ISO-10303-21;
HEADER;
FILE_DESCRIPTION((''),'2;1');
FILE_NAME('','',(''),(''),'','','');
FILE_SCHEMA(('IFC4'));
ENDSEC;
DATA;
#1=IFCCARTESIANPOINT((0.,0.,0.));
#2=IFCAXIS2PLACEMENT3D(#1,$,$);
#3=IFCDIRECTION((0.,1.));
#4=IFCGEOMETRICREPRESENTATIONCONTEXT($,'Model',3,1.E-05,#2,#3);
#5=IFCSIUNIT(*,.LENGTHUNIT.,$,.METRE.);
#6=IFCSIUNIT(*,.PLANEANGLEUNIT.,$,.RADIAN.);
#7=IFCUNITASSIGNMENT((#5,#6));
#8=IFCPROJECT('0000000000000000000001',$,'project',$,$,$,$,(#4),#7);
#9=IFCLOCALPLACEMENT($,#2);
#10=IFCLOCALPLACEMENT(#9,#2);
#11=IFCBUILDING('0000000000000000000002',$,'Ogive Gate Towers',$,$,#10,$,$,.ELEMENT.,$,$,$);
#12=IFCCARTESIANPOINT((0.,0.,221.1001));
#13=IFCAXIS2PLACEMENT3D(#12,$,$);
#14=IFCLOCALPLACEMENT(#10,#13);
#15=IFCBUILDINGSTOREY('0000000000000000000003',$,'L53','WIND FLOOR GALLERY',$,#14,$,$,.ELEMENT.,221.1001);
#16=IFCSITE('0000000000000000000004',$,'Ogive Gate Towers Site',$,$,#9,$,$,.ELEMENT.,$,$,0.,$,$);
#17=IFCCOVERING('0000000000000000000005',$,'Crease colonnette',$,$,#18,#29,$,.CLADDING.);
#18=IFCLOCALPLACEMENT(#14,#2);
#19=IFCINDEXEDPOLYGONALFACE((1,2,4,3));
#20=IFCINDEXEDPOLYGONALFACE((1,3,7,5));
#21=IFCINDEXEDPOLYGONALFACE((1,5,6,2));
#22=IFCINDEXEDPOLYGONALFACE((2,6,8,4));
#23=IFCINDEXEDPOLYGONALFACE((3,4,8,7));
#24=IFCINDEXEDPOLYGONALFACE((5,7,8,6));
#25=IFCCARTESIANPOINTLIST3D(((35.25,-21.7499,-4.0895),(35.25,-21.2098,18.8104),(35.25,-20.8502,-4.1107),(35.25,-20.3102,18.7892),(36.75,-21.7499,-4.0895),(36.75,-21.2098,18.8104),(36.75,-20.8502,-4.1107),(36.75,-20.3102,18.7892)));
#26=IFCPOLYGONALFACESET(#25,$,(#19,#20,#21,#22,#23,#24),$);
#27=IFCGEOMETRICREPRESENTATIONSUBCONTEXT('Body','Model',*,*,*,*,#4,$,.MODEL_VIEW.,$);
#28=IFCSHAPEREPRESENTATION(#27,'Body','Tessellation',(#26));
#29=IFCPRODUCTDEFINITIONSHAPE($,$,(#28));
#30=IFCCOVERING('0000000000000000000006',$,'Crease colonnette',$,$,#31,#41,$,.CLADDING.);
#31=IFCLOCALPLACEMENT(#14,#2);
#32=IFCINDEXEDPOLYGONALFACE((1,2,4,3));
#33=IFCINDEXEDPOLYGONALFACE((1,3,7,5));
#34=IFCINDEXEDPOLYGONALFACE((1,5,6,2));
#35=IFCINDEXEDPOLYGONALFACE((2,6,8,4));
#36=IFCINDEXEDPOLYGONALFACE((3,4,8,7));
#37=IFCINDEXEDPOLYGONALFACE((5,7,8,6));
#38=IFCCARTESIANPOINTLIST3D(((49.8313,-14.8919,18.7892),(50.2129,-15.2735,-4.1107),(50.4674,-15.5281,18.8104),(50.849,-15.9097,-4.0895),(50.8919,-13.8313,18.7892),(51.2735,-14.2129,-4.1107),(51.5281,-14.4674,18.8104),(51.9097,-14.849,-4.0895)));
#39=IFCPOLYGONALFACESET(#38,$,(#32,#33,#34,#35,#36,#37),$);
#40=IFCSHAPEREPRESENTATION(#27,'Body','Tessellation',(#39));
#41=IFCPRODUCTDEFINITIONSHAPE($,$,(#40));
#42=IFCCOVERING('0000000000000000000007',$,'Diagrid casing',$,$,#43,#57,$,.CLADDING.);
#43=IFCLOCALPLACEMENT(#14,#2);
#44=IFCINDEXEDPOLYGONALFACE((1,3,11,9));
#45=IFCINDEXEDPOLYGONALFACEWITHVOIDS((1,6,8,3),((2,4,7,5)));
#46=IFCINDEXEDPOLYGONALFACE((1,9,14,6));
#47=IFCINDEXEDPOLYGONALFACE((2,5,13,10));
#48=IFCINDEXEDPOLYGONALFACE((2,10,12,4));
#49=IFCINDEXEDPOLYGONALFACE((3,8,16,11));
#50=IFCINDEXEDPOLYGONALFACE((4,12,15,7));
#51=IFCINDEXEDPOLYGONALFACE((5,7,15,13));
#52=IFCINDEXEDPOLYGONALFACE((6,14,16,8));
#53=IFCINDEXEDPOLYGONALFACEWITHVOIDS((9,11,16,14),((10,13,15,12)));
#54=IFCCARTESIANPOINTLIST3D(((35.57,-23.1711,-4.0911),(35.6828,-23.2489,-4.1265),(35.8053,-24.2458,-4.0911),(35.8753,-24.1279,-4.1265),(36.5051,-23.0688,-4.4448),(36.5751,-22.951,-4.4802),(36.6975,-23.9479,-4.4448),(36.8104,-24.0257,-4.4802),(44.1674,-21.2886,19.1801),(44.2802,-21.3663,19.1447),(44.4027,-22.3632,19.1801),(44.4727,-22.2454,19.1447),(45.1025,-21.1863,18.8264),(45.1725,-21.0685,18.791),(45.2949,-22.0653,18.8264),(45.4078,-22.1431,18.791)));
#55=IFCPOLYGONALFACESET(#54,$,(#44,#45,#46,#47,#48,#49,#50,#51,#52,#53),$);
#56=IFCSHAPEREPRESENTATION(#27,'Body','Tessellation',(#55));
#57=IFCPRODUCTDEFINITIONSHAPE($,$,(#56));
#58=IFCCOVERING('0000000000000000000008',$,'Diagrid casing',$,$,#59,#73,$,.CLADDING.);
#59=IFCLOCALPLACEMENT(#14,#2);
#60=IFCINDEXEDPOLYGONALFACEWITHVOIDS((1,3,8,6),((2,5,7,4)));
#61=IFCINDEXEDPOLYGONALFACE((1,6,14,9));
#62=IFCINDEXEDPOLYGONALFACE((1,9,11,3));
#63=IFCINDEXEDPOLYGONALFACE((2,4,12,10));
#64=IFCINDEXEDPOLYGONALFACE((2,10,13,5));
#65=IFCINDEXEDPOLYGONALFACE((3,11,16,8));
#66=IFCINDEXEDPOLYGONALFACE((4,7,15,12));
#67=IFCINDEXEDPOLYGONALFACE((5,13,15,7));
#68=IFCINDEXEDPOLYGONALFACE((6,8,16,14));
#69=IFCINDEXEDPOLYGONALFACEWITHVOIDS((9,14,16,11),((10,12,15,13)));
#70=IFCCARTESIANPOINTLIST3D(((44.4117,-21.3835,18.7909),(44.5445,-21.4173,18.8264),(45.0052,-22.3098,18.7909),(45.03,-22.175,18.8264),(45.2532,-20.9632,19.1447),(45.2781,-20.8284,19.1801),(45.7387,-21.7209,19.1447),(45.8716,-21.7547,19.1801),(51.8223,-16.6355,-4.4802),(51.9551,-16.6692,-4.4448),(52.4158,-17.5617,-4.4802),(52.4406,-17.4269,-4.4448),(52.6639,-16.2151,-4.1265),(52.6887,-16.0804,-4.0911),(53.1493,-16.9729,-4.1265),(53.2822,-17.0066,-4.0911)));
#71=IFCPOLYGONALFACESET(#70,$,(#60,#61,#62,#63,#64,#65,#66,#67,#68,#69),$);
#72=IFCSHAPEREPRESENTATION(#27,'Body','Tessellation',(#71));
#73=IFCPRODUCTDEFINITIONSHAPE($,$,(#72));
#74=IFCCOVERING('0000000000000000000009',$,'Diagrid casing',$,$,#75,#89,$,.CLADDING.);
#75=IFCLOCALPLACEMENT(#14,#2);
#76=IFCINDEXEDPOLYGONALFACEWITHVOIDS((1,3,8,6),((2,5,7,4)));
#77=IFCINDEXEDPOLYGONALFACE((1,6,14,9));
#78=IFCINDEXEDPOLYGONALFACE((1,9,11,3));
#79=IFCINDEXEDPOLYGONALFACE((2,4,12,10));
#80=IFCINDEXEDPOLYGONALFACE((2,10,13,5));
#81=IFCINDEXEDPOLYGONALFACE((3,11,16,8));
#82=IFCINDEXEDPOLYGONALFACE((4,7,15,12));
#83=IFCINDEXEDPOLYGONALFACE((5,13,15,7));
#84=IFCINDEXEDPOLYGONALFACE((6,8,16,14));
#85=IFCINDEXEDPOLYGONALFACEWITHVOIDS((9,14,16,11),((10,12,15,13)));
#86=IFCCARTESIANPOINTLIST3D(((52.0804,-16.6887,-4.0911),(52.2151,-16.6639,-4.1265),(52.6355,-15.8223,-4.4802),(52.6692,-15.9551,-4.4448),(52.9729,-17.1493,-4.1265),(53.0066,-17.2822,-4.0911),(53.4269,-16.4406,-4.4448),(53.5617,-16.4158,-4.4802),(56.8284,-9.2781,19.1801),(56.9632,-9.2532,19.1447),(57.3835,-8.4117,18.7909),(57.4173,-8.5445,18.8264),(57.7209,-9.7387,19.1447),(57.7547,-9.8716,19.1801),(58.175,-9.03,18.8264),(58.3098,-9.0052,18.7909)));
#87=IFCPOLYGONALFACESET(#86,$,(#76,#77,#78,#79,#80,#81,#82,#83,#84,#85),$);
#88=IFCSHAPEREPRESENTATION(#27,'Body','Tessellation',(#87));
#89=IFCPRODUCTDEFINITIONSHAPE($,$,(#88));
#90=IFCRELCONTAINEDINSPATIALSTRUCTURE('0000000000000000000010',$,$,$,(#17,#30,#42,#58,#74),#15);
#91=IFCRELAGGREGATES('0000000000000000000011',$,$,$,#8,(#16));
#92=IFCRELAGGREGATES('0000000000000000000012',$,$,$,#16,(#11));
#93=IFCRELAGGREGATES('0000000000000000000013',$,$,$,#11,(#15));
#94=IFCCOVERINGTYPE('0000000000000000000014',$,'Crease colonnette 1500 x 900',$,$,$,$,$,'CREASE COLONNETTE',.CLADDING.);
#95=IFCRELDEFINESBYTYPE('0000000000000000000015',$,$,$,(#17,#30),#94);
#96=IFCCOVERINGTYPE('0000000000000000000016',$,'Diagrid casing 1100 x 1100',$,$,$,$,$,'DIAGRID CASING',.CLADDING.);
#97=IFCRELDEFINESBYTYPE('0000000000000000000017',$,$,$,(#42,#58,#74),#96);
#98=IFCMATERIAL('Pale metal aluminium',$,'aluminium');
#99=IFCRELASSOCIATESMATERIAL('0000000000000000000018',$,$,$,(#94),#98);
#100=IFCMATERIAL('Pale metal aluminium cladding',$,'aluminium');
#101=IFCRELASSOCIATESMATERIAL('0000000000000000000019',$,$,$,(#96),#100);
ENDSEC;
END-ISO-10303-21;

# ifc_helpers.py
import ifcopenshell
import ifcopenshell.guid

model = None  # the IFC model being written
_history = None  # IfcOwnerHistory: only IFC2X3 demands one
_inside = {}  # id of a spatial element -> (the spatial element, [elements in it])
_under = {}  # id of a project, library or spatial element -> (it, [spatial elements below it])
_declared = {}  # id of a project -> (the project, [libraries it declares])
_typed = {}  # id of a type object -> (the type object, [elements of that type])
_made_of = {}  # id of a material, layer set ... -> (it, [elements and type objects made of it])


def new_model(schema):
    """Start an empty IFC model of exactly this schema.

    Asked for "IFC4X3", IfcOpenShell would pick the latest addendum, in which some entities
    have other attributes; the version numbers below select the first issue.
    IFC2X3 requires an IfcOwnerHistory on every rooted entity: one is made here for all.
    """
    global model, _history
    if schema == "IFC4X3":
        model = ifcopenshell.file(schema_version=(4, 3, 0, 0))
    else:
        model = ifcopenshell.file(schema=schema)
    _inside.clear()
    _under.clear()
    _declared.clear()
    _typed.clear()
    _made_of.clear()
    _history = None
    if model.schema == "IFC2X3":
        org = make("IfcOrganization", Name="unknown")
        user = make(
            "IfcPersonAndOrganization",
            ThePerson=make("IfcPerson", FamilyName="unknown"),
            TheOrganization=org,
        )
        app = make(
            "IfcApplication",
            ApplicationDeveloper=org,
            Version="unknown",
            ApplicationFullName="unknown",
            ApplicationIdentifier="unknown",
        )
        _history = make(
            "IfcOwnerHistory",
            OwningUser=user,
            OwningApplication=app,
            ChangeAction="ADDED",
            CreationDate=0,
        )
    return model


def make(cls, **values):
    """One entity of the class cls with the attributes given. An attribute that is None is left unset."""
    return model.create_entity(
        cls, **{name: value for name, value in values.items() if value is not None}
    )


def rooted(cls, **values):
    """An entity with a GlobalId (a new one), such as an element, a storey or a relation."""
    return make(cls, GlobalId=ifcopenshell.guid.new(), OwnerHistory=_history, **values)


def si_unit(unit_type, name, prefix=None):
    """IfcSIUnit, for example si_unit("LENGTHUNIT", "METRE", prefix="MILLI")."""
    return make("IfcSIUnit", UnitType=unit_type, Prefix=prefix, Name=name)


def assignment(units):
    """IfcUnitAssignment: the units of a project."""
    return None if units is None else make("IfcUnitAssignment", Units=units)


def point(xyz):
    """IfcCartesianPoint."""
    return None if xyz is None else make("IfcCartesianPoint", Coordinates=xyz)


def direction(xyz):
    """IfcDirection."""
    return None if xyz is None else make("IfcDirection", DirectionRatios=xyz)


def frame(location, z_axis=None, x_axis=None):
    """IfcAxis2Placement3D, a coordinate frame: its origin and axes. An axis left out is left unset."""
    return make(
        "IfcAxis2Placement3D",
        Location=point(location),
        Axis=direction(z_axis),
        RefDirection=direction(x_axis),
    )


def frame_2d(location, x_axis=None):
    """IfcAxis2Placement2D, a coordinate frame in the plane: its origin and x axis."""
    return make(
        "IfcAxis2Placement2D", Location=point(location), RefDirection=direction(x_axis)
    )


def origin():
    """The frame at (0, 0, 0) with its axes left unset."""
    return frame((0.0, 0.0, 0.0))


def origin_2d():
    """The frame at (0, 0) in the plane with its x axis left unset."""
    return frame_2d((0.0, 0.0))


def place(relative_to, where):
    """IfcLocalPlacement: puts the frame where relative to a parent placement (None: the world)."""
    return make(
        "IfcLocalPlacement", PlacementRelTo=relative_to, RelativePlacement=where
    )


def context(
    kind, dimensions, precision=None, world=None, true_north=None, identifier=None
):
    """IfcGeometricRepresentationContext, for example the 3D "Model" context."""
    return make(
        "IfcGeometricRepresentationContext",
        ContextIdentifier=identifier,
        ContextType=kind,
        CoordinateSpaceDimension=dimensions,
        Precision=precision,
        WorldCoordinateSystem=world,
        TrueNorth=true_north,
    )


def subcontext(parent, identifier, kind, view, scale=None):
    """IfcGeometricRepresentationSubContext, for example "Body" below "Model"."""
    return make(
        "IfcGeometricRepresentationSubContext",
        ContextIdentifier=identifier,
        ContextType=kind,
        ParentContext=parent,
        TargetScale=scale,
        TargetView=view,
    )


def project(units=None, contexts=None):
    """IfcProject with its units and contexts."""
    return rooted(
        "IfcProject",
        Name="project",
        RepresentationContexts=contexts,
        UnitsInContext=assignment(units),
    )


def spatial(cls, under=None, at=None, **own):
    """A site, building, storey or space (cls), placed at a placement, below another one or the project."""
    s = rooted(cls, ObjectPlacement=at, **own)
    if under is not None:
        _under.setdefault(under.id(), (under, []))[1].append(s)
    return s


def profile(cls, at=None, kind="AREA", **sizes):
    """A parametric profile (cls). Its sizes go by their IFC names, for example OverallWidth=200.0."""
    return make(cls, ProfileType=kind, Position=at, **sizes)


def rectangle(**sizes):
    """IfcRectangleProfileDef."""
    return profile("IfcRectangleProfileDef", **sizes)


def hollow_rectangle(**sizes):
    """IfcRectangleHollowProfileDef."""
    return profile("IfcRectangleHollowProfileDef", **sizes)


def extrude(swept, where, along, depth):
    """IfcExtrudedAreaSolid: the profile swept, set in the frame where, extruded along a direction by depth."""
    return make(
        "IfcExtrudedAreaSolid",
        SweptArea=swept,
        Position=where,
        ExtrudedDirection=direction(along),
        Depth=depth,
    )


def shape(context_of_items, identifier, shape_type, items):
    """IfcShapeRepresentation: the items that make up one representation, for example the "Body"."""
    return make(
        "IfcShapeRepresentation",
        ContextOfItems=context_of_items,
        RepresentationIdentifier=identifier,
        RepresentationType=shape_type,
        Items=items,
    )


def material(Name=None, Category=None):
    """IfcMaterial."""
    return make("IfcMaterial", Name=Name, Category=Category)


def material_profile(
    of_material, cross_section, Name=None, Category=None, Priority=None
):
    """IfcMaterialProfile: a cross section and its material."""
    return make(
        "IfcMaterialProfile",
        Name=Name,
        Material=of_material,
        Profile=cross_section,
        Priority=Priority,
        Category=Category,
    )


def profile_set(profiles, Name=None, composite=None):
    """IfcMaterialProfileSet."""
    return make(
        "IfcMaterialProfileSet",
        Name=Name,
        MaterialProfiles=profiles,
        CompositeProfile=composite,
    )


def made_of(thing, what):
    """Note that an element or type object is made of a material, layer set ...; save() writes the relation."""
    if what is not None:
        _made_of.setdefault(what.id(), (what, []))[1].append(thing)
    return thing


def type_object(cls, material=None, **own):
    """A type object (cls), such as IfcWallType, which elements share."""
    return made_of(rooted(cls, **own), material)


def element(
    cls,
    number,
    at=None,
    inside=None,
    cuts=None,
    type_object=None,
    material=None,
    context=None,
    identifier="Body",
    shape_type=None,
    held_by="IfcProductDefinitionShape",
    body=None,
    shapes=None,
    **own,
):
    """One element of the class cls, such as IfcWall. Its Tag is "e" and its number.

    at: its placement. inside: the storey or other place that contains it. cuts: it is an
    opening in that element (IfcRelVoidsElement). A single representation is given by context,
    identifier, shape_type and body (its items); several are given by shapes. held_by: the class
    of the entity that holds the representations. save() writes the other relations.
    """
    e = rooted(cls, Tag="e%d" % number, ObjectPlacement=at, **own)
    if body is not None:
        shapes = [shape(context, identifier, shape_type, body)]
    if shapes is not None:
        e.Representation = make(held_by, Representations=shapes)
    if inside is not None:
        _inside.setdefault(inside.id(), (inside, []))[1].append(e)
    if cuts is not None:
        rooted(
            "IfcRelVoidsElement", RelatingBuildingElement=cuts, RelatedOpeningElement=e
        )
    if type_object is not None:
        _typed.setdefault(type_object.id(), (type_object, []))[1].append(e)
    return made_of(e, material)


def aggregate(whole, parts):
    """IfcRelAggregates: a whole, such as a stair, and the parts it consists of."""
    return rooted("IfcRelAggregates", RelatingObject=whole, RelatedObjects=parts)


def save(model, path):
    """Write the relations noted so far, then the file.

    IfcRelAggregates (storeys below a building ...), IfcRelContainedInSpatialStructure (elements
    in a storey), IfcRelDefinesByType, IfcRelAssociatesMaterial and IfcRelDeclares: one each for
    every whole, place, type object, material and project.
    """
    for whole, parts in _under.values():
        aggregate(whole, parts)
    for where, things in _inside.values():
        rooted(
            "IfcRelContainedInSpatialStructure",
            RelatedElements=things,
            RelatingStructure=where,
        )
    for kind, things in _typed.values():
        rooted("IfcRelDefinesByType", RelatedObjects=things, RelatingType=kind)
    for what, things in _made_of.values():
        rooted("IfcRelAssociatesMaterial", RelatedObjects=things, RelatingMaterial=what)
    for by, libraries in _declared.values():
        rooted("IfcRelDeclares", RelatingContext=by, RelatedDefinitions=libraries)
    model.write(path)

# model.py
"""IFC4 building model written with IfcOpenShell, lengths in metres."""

from ifc_helpers import new_model, si_unit, direction, frame, origin, origin_2d, place, context, subcontext, project, spatial, rectangle, hollow_rectangle, extrude, material, material_profile, profile_set, type_object, element, save


model = new_model("IFC4")

# Units and contexts
model_context = context("Model", 3, precision=1e-05, world=origin(), true_north=direction((0.0, 1.0)))
body_context = subcontext(model_context, "Body", "Model", "MODEL_VIEW")
ifc_project = project(units=[si_unit("LENGTHUNIT", "METRE"), si_unit("PLANEANGLEUNIT", "RADIAN")], contexts=[model_context])

# Site, building, storey
site_placement = place(None, origin())
site = spatial("IfcSite", under=ifc_project, at=site_placement, Name="Ogive Gate Towers Site", CompositionType="ELEMENT", RefElevation=0.0)
building_placement = place(site_placement, origin())
building = spatial("IfcBuilding", under=site, at=building_placement, Name="Ogive Gate Towers", CompositionType="ELEMENT")
storey_placement = place(building_placement, frame((0.0, 0.0, 221.1001)))
storey = spatial("IfcBuildingStorey", under=building, at=storey_placement, Name="L53", Description="WIND FLOOR GALLERY", CompositionType="ELEMENT", Elevation=221.1001)

# Coverings
ifc_material_1 = material(Name="Pale metal aluminium", Category="aluminium")
ifc_material_profile_1 = material_profile(ifc_material_1, rectangle(XDim=1.5, YDim=0.8999, at=origin_2d()), Name="1500 x 900 pale metal aluminium")
ifc_profile_set_1 = profile_set([ifc_material_profile_1], Name="Pale metal aluminium")
covering_type_1 = type_object("IfcCoveringType", Name="Crease colonnette 1500 x 900", ElementType="CREASE COLONNETTE", PredefinedType="CLADDING", material=ifc_profile_set_1)
for number, where, z_axis, x_axis, name in (
    (1, (36.0, -21.3, -4.1001), (0.0, 0.023576, 0.999722), (-1.0, 0.0, 0.0), "Crease colonnette"),
    (2, (51.0613, -15.0613, -4.1001), (-0.016659, 0.016659, 0.999722), (-0.707107, -0.707107, 0.0), "Crease colonnette"),
):
    element("IfcCovering", number, at=place(storey_placement, frame(where, z_axis=z_axis, x_axis=x_axis)), inside=storey, type_object=covering_type_1, Name=name, PredefinedType="CLADDING", context=body_context, shape_type="SweptSolid", body=[
        extrude(rectangle(XDim=1.5, YDim=0.8999, at=origin_2d()), origin(), (0.0, 0.0, 1.0), 22.9062),
    ])
ifc_material_2 = material(Name="Pale metal aluminium cladding", Category="aluminium")
ifc_material_profile_2 = material_profile(ifc_material_2, hollow_rectangle(XDim=1.1001, YDim=1.1001, WallThickness=0.1001, at=origin_2d()), Name="1100 x 1100 pale metal casing")
ifc_profile_set_2 = profile_set([ifc_material_profile_2], Name="Pale metal aluminium cladding")
covering_type_2 = type_object("IfcCoveringType", Name="Diagrid casing 1100 x 1100", ElementType="DIAGRID CASING", PredefinedType="CLADDING", material=ifc_profile_set_2)
for number, where, z_axis, x_axis, name in (
    (3, (36.1902, -23.5984, -4.2856), (0.345556, 0.075666, 0.935342), (-0.213901, 0.976855, 0.0), "Diagrid casing"),
    (4, (52.5522, -16.821, -4.2856), (-0.297856, -0.190838, 0.935341), (0.539476, -0.842001, 0.0), "Diagrid casing"),
    (5, (52.821, -16.5522, -4.2856), (0.190838, 0.297856, 0.935341), (-0.842001, 0.539476, 0.0), "Diagrid casing"),
):
    element("IfcCovering", number, at=place(storey_placement, frame(where, z_axis=z_axis, x_axis=x_axis)), inside=storey, type_object=covering_type_2, Name=name, PredefinedType="CLADDING", context=body_context, shape_type="SweptSolid", body=[
        extrude(hollow_rectangle(XDim=1.1001, YDim=1.1001, WallThickness=0.1001, at=origin_2d()), origin(), (0.0, 0.0, 1.0), 24.8799),
    ])

save(model, "model.ifc")
